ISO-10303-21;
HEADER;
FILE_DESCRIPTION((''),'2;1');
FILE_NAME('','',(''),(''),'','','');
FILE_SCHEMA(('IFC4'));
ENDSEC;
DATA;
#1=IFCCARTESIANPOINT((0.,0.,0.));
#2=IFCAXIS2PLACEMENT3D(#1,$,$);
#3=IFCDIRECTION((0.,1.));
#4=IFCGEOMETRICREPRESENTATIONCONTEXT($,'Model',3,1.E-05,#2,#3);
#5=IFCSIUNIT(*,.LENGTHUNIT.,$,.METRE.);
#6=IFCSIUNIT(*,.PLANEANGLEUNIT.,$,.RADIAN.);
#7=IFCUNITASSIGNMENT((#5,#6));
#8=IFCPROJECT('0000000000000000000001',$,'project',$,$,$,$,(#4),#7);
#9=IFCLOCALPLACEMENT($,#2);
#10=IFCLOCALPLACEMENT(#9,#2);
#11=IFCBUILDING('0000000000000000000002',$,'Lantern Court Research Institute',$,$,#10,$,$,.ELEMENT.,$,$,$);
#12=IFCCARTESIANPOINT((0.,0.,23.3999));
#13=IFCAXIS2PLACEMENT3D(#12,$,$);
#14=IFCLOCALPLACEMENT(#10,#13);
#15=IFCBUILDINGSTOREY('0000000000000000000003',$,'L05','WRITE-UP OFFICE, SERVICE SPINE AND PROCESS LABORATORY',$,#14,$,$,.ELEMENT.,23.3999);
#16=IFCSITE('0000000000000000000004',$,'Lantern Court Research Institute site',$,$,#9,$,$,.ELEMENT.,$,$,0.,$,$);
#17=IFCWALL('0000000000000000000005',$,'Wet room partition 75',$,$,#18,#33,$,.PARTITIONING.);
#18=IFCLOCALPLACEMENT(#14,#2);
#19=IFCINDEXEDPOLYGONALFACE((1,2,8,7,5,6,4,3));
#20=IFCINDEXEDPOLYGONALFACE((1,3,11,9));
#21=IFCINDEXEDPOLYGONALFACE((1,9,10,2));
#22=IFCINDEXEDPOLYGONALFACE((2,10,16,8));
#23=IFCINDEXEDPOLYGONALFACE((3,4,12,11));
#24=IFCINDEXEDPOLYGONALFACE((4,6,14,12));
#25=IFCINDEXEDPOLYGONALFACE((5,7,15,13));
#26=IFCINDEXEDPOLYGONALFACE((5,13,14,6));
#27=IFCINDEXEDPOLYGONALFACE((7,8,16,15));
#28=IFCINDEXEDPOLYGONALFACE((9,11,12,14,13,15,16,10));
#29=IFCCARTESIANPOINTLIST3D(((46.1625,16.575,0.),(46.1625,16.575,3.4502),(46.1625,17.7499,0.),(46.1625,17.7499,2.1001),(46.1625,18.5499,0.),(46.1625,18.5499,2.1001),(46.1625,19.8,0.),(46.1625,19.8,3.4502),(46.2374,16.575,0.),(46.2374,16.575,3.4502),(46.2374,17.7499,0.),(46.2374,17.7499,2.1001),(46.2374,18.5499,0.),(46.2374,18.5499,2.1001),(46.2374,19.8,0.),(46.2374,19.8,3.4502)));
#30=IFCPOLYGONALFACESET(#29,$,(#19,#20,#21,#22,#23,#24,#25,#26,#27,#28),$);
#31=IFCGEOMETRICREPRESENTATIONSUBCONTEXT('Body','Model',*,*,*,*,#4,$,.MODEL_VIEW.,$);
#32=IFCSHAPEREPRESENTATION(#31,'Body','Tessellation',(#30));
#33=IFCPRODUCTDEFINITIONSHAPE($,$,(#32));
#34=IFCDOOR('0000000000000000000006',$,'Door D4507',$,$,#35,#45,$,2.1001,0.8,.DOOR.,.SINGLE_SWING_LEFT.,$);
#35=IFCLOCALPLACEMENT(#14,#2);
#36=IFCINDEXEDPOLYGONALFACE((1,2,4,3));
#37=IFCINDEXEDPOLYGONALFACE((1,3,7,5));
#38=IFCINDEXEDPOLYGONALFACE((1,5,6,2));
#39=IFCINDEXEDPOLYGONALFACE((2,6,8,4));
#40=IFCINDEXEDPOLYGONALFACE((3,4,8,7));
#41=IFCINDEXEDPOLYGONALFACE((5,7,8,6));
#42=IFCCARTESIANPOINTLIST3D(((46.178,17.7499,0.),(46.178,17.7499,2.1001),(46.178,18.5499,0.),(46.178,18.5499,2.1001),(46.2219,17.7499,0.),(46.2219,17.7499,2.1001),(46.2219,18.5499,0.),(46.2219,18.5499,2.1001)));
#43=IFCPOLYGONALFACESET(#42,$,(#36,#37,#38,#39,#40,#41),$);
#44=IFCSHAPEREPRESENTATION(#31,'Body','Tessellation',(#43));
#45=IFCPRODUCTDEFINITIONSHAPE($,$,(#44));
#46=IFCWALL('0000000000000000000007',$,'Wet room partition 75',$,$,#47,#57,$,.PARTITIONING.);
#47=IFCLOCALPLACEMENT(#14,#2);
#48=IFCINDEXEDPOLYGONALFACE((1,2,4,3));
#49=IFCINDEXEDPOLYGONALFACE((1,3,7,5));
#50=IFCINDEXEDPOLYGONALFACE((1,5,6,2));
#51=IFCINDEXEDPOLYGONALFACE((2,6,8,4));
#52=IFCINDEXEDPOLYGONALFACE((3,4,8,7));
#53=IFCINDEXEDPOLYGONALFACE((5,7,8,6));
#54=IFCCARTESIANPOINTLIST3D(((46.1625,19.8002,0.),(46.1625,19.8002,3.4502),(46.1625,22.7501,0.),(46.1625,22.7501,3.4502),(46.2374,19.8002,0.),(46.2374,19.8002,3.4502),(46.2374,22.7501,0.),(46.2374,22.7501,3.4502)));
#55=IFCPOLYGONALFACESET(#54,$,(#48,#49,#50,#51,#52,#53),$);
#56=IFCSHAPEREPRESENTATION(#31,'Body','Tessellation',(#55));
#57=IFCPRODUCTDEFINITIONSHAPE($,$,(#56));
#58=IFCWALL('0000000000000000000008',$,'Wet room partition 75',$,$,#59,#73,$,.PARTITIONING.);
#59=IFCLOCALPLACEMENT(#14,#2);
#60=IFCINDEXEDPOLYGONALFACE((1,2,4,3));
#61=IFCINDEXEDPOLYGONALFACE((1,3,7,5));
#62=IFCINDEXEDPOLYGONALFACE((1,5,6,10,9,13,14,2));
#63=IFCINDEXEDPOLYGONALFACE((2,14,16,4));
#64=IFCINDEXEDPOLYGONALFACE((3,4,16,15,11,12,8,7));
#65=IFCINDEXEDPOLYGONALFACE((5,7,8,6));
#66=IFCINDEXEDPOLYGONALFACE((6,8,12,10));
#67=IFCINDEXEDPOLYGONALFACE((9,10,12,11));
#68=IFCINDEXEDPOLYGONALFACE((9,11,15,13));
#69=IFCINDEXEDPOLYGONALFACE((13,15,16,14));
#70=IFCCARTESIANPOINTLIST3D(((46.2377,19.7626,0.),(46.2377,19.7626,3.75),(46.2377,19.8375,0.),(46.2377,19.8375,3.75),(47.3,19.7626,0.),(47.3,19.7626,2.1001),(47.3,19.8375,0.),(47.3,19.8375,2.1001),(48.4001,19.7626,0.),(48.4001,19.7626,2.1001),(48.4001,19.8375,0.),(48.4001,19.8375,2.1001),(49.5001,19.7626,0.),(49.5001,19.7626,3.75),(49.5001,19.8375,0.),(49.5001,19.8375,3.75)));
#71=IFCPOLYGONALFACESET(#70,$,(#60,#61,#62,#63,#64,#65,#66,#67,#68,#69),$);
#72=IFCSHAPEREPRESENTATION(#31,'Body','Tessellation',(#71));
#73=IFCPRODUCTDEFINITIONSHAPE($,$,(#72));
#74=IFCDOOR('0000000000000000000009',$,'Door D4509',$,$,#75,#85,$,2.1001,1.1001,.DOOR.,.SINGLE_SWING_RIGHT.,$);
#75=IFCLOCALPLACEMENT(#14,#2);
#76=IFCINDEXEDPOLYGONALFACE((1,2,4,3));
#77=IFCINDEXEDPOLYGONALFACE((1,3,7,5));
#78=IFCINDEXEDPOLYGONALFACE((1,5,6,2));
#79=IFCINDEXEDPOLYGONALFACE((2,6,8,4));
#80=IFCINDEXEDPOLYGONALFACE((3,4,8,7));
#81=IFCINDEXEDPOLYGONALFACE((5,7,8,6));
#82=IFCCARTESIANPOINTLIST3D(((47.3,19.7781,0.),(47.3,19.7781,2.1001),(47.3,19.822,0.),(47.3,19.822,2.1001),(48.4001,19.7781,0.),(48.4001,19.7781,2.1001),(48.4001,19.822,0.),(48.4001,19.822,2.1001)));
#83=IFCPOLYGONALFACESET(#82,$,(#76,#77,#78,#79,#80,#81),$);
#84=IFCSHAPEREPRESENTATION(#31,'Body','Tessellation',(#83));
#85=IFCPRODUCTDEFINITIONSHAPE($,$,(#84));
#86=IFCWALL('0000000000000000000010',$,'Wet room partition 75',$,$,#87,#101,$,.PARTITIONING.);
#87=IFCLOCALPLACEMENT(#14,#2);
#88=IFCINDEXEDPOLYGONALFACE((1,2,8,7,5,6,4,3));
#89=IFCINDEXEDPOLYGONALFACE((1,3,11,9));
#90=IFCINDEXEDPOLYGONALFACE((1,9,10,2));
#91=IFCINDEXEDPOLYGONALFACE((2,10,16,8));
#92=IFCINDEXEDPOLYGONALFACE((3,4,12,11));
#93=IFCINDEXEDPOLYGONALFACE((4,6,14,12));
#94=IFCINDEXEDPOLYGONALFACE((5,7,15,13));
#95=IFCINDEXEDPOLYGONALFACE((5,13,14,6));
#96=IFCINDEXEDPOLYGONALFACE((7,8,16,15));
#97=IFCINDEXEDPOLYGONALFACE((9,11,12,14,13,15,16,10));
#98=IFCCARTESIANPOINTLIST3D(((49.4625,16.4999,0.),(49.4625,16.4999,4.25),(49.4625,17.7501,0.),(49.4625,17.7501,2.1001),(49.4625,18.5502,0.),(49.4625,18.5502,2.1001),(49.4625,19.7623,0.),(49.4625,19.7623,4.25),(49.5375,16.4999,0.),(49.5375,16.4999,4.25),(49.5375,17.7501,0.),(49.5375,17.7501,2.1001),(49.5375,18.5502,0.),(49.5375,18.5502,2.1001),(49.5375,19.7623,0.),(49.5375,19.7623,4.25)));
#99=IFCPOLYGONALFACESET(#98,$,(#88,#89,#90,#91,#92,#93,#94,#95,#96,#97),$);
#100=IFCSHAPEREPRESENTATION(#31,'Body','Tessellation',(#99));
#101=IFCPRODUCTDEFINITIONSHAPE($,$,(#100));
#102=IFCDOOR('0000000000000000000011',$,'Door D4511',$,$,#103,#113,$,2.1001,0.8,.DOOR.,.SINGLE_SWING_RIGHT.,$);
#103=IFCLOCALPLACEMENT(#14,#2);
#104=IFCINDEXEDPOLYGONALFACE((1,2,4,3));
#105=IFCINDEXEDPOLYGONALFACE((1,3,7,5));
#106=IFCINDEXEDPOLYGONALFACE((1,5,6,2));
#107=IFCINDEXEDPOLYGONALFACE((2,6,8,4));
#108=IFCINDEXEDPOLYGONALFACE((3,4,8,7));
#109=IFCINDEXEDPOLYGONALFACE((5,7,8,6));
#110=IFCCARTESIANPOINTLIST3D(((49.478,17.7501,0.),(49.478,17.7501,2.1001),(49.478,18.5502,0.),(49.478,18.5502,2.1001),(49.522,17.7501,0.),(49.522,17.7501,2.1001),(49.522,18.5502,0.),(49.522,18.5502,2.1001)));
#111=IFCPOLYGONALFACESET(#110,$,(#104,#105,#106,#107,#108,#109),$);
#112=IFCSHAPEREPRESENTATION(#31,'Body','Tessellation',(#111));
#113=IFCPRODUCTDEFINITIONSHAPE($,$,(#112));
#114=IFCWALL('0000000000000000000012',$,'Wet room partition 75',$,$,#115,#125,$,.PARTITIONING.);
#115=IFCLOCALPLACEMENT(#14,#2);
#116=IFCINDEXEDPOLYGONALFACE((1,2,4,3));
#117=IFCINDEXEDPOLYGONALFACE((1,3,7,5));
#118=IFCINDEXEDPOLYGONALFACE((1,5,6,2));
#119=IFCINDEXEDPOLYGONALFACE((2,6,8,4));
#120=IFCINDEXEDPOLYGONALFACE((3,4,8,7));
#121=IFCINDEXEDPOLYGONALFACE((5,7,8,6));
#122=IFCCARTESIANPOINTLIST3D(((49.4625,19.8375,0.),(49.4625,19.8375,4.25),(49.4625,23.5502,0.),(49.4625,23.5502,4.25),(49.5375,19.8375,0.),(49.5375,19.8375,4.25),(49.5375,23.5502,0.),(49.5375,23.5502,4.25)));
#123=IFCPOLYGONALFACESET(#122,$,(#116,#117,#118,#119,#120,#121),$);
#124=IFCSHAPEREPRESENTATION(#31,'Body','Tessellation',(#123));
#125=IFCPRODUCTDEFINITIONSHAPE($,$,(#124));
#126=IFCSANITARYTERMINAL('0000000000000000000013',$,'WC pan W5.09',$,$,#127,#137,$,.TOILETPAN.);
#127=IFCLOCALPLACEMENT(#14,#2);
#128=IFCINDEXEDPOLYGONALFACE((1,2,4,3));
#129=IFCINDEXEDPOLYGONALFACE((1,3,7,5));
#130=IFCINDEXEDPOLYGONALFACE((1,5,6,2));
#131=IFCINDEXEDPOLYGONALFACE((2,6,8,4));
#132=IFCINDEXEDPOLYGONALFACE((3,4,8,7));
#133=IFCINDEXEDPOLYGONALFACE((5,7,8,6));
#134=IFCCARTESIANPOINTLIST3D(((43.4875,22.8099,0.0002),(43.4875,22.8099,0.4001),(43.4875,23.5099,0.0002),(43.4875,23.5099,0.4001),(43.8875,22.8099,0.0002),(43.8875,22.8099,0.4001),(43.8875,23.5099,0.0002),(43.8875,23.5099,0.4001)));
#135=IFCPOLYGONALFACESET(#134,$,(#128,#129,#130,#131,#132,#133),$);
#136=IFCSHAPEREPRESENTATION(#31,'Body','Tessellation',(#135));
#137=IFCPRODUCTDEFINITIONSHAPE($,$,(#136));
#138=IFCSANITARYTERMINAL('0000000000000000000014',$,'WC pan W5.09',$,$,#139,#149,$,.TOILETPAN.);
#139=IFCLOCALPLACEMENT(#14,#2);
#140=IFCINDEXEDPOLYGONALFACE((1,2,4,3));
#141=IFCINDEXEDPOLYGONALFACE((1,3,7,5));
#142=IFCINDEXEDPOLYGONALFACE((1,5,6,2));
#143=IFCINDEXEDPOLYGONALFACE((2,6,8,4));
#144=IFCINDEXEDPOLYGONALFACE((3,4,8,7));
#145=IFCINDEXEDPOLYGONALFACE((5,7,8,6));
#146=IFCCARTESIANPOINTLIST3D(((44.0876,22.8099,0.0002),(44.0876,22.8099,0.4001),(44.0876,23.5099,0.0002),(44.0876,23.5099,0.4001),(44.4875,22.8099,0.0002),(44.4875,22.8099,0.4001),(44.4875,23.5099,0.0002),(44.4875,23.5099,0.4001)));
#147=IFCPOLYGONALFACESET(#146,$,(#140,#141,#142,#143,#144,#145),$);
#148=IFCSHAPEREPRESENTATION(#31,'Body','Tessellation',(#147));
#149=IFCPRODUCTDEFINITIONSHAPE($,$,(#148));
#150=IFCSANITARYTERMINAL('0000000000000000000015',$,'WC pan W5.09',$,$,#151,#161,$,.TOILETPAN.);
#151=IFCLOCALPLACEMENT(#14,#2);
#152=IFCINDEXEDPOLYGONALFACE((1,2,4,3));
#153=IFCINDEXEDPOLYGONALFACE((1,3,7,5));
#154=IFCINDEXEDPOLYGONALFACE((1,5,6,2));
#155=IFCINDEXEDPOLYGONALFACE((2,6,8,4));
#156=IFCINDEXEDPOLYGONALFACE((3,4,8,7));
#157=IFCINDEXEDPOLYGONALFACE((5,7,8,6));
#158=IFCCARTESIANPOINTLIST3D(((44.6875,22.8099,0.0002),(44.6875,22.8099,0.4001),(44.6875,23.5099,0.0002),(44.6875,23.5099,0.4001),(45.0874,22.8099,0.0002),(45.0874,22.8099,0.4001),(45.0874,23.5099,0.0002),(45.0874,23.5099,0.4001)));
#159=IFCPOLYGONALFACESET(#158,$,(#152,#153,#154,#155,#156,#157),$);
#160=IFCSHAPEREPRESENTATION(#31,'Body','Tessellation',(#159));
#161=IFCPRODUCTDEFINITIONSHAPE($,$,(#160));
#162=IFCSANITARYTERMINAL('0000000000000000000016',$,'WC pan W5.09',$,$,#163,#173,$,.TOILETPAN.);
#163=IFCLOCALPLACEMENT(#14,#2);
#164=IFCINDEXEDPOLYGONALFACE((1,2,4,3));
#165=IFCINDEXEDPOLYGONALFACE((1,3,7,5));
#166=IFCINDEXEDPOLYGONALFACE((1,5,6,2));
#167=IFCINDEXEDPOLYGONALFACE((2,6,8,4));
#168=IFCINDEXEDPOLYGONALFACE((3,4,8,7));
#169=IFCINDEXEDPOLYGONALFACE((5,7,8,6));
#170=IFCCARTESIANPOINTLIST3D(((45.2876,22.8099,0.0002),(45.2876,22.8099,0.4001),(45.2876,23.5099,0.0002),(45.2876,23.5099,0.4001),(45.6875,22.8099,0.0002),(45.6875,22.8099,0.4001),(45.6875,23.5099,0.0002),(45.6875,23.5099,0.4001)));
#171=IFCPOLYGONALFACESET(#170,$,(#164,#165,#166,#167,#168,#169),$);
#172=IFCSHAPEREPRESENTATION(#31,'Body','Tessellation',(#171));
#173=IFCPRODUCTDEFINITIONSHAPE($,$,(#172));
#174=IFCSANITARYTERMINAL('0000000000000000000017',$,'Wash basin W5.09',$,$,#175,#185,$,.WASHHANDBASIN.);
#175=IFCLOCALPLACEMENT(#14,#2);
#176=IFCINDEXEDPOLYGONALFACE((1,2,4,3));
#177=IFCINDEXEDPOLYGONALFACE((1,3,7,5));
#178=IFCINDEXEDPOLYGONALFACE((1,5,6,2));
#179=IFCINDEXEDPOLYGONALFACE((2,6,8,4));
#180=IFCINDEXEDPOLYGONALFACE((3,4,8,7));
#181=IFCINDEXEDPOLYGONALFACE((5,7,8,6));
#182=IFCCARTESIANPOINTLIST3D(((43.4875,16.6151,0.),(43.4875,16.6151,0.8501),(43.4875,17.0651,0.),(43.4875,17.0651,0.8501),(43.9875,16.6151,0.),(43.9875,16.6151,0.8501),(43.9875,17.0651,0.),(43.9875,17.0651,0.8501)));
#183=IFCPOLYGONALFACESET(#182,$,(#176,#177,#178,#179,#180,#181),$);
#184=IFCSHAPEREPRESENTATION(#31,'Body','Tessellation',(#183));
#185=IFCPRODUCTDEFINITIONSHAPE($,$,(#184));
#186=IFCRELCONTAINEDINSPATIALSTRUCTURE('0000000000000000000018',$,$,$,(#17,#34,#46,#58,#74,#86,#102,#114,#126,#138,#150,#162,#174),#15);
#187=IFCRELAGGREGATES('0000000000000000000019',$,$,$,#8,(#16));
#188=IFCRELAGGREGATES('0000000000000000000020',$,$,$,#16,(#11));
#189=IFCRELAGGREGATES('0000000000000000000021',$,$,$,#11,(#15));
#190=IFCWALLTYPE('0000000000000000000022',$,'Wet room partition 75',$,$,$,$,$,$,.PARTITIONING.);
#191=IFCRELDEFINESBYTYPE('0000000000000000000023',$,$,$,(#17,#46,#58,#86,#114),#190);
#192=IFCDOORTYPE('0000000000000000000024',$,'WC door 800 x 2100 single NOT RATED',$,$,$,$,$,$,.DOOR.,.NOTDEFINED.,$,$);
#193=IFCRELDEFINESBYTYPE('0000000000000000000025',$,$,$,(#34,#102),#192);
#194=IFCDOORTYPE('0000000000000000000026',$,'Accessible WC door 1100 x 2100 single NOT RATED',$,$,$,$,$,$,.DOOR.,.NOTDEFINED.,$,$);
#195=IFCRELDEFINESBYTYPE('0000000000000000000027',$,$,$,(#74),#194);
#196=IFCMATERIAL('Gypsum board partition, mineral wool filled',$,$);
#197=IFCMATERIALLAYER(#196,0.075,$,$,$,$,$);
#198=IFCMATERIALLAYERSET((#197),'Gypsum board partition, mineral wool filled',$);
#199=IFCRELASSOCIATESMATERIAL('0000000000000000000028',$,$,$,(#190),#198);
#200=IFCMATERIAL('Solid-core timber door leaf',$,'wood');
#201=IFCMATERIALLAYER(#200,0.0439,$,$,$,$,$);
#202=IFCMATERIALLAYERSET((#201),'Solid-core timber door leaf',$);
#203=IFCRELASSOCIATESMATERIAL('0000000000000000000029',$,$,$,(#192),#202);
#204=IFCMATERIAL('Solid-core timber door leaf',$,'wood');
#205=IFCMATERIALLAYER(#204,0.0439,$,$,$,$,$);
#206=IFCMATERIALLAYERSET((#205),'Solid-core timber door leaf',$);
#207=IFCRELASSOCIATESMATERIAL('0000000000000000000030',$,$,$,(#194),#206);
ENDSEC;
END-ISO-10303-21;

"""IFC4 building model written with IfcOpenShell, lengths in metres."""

from ifc_helpers import new_model, si_unit, direction, frame, frame_2d, origin, origin_2d, place, context, subcontext, project, spatial, rectangle, extrude, material, layer, layer_set, type_object, element, fill, save


model = new_model("IFC4")

# Units and contexts
model_context = context("Model", 3, precision=1e-05, world=origin(), true_north=direction((0.0, 1.0)))
body_context = subcontext(model_context, "Body", "Model", "MODEL_VIEW")
ifc_project = project(units=[si_unit("LENGTHUNIT", "METRE"), si_unit("PLANEANGLEUNIT", "RADIAN")], contexts=[model_context])

# Site, building, storey
site_placement = place(None, origin())
site = spatial("IfcSite", under=ifc_project, at=site_placement, Name="Lantern Court Research Institute site", CompositionType="ELEMENT", RefElevation=0.0)
building_placement = place(site_placement, origin())
building = spatial("IfcBuilding", under=site, at=building_placement, Name="Lantern Court Research Institute", CompositionType="ELEMENT")
storey_placement = place(building_placement, frame((0.0, 0.0, 23.3999)))
storey = spatial("IfcBuildingStorey", under=building, at=storey_placement, Name="L05", Description="WRITE-UP OFFICE, SERVICE SPINE AND PROCESS LABORATORY", CompositionType="ELEMENT", Elevation=23.3999)

# Wall, opening, door
ifc_material_1 = material(Name="Gypsum board partition, mineral wool filled")
ifc_layer_1 = layer(ifc_material_1, 0.075)
ifc_layer_set_1 = layer_set([ifc_layer_1], Name="Gypsum board partition, mineral wool filled")
wall_type_1 = type_object("IfcWallType", Name="Wet room partition 75", PredefinedType="PARTITIONING", material=ifc_layer_set_1)
wall_1_placement = place(storey_placement, frame((46.2, 16.575, 0.0), z_axis=(0.0, 0.0, 1.0), x_axis=(0.0, 1.0, 0.0)))
wall_1 = element("IfcWall", 1, at=wall_1_placement, inside=storey, type_object=wall_type_1, Name="Wet room partition 75", PredefinedType="PARTITIONING", context=body_context, shape_type="SweptSolid", body=[
    extrude(rectangle(XDim=3.2251, YDim=0.075, at=frame_2d((1.6125, 0.0))), origin(), (0.0, 0.0, 1.0), 3.4502),
])
opening_1_placement = place(wall_1_placement, frame((1.175, 0.0, 0.0)))
opening_1 = element("IfcOpeningElement", 2, at=opening_1_placement, cuts=wall_1, PredefinedType="OPENING", context=body_context, shape_type="SweptSolid", body=[
    extrude(rectangle(XDim=0.8, YDim=2.1001, at=frame_2d((0.3999, 1.05))), frame((0.0, 0.0474, 0.0), z_axis=(0.0, -1.0, 0.0), x_axis=(1.0, 0.0, 0.0)), (0.0, 0.0, 1.0), 0.095),
])
ifc_material_2 = material(Name="Solid-core timber door leaf", Category="wood")
ifc_layer_2 = layer(ifc_material_2, 0.0439)
ifc_layer_set_2 = layer_set([ifc_layer_2], Name="Solid-core timber door leaf")
door_type_1 = type_object("IfcDoorType", Name="WC door 800 x 2100 single NOT RATED", OperationType="NOTDEFINED", PredefinedType="DOOR", material=ifc_layer_set_2)
door_1_placement = place(opening_1_placement, origin())
door_1 = element("IfcDoor", 3, at=door_1_placement, inside=storey, type_object=door_type_1, Name="Door D4507", OperationType="SINGLE_SWING_LEFT", OverallHeight=2.1001, OverallWidth=0.8, PredefinedType="DOOR", context=body_context, shape_type="SweptSolid", body=[
    extrude(rectangle(XDim=0.8, YDim=2.1001, at=frame_2d((0.3999, 1.05))), frame((0.0, 0.022, 0.0), z_axis=(0.0, -1.0, 0.0), x_axis=(1.0, 0.0, 0.0)), (0.0, 0.0, 1.0), 0.0439),
])
fill(opening_1, door_1)

# Wall
wall_2_placement = place(storey_placement, frame((46.2, 19.8, 0.0), z_axis=(0.0, 0.0, 1.0), x_axis=(0.0, 1.0, 0.0)))
element("IfcWall", 4, at=wall_2_placement, inside=storey, type_object=wall_type_1, Name="Wet room partition 75", PredefinedType="PARTITIONING", context=body_context, shape_type="SweptSolid", body=[
    extrude(rectangle(XDim=2.95, YDim=0.075, at=frame_2d((1.4751, 0.0))), origin(), (0.0, 0.0, 1.0), 3.4502),
])

# Walls, openings, doors
wall_3_placement = place(storey_placement, frame((46.2375, 19.8, 0.0), z_axis=(0.0, 0.0, 1.0), x_axis=(1.0, 0.0, 0.0)))
wall_3 = element("IfcWall", 5, at=wall_3_placement, inside=storey, type_object=wall_type_1, Name="Wet room partition 75", PredefinedType="PARTITIONING", context=body_context, shape_type="SweptSolid", body=[
    extrude(rectangle(XDim=3.2625, YDim=0.075, at=frame_2d((1.6313, 0.0))), origin(), (0.0, 0.0, 1.0), 3.75),
])
opening_2_placement = place(wall_3_placement, frame((1.0625, 0.0, 0.0)))
opening_2 = element("IfcOpeningElement", 6, at=opening_2_placement, cuts=wall_3, PredefinedType="OPENING", context=body_context, shape_type="SweptSolid", body=[
    extrude(rectangle(XDim=1.1001, YDim=2.1001, at=frame_2d((0.55, 1.05))), frame((0.0, 0.0474, 0.0), z_axis=(0.0, -1.0, 0.0), x_axis=(1.0, 0.0, 0.0)), (0.0, 0.0, 1.0), 0.095),
])
ifc_material_3 = material(Name="Solid-core timber door leaf", Category="wood")
ifc_layer_3 = layer(ifc_material_3, 0.0439)
ifc_layer_set_3 = layer_set([ifc_layer_3], Name="Solid-core timber door leaf")
door_type_2 = type_object("IfcDoorType", Name="Accessible WC door 1100 x 2100 single NOT RATED", OperationType="NOTDEFINED", PredefinedType="DOOR", material=ifc_layer_set_3)
door_2_placement = place(opening_2_placement, origin())
door_2 = element("IfcDoor", 7, at=door_2_placement, inside=storey, type_object=door_type_2, Name="Door D4509", OperationType="SINGLE_SWING_RIGHT", OverallHeight=2.1001, OverallWidth=1.1001, PredefinedType="DOOR", context=body_context, shape_type="SweptSolid", body=[
    extrude(rectangle(XDim=1.1001, YDim=2.1001, at=frame_2d((0.55, 1.05))), frame((0.0, 0.022, 0.0), z_axis=(0.0, -1.0, 0.0), x_axis=(1.0, 0.0, 0.0)), (0.0, 0.0, 1.0), 0.0439),
])
fill(opening_2, door_2)
wall_4_placement = place(storey_placement, frame((49.5, 19.7625, 0.0), z_axis=(0.0, 0.0, 1.0), x_axis=(0.0, -1.0, 0.0)))
wall_4 = element("IfcWall", 8, at=wall_4_placement, inside=storey, type_object=wall_type_1, Name="Wet room partition 75", PredefinedType="PARTITIONING", context=body_context, shape_type="SweptSolid", body=[
    extrude(rectangle(XDim=3.2625, YDim=0.075, at=frame_2d((1.6313, 0.0))), origin(), (0.0, 0.0, 1.0), 4.25),
])
opening_3_placement = place(wall_4_placement, frame((1.2124, 0.0, 0.0)))
opening_3 = element("IfcOpeningElement", 9, at=opening_3_placement, cuts=wall_4, PredefinedType="OPENING", context=body_context, shape_type="SweptSolid", body=[
    extrude(rectangle(XDim=0.8, YDim=2.1001, at=frame_2d((0.3999, 1.05))), frame((0.0, 0.0474, 0.0), z_axis=(0.0, -1.0, 0.0), x_axis=(1.0, 0.0, 0.0)), (0.0, 0.0, 1.0), 0.095),
])
door_3_placement = place(opening_3_placement, origin())
door_3 = element("IfcDoor", 10, at=door_3_placement, inside=storey, type_object=door_type_1, Name="Door D4511", OperationType="SINGLE_SWING_RIGHT", OverallHeight=2.1001, OverallWidth=0.8, PredefinedType="DOOR", context=body_context, shape_type="SweptSolid", body=[
    extrude(rectangle(XDim=0.8, YDim=2.1001, at=frame_2d((0.3999, 1.05))), frame((0.0, 0.022, 0.0), z_axis=(0.0, -1.0, 0.0), x_axis=(1.0, 0.0, 0.0)), (0.0, 0.0, 1.0), 0.0439),
])
fill(opening_3, door_3)

# Wall
wall_5_placement = place(storey_placement, frame((49.5, 19.8374, 0.0), z_axis=(0.0, 0.0, 1.0), x_axis=(0.0, 1.0, 0.0)))
element("IfcWall", 11, at=wall_5_placement, inside=storey, type_object=wall_type_1, Name="Wet room partition 75", PredefinedType="PARTITIONING", context=body_context, shape_type="SweptSolid", body=[
    extrude(rectangle(XDim=3.7126, YDim=0.075, at=frame_2d((1.8564, 0.0))), origin(), (0.0, 0.0, 1.0), 4.25),
])

# Sanitary terminals
for number, where, z_axis, x_axis, name in (
    (12, (43.6875, 23.1599, 0.0002), (0.0, 0.0, 1.0), (1.0, 0.0, 0.0), "WC pan W5.09"),
    (13, (44.2876, 23.1599, 0.0002), (0.0, 0.0, 1.0), (1.0, 0.0, 0.0), "WC pan W5.09"),
    (14, (44.8875, 23.1599, 0.0002), (0.0, 0.0, 1.0), (1.0, 0.0, 0.0), "WC pan W5.09"),
    (15, (45.4875, 23.1599, 0.0002), (0.0, 0.0, 1.0), (1.0, 0.0, 0.0), "WC pan W5.09"),
):
    element("IfcSanitaryTerminal", number, at=place(storey_placement, frame(where, z_axis=z_axis, x_axis=x_axis)), inside=storey, Name=name, PredefinedType="TOILETPAN", context=body_context, shape_type="SweptSolid", body=[
        extrude(rectangle(XDim=0.3999, YDim=0.7, at=origin_2d()), origin(), (0.0, 0.0, 1.0), 0.3999),
    ])
for number, where, z_axis, x_axis, name in (
    (16, (43.7375, 16.8401, 0.0), (0.0, 0.0, 1.0), (1.0, 0.0, 0.0), "Wash basin W5.09"),
):
    element("IfcSanitaryTerminal", number, at=place(storey_placement, frame(where, z_axis=z_axis, x_axis=x_axis)), inside=storey, Name=name, PredefinedType="WASHHANDBASIN", context=body_context, shape_type="SweptSolid", body=[
        extrude(rectangle(XDim=0.5, YDim=0.45, at=origin_2d()), origin(), (0.0, 0.0, 1.0), 0.8501),
    ])

save(model, "model.ifc")
